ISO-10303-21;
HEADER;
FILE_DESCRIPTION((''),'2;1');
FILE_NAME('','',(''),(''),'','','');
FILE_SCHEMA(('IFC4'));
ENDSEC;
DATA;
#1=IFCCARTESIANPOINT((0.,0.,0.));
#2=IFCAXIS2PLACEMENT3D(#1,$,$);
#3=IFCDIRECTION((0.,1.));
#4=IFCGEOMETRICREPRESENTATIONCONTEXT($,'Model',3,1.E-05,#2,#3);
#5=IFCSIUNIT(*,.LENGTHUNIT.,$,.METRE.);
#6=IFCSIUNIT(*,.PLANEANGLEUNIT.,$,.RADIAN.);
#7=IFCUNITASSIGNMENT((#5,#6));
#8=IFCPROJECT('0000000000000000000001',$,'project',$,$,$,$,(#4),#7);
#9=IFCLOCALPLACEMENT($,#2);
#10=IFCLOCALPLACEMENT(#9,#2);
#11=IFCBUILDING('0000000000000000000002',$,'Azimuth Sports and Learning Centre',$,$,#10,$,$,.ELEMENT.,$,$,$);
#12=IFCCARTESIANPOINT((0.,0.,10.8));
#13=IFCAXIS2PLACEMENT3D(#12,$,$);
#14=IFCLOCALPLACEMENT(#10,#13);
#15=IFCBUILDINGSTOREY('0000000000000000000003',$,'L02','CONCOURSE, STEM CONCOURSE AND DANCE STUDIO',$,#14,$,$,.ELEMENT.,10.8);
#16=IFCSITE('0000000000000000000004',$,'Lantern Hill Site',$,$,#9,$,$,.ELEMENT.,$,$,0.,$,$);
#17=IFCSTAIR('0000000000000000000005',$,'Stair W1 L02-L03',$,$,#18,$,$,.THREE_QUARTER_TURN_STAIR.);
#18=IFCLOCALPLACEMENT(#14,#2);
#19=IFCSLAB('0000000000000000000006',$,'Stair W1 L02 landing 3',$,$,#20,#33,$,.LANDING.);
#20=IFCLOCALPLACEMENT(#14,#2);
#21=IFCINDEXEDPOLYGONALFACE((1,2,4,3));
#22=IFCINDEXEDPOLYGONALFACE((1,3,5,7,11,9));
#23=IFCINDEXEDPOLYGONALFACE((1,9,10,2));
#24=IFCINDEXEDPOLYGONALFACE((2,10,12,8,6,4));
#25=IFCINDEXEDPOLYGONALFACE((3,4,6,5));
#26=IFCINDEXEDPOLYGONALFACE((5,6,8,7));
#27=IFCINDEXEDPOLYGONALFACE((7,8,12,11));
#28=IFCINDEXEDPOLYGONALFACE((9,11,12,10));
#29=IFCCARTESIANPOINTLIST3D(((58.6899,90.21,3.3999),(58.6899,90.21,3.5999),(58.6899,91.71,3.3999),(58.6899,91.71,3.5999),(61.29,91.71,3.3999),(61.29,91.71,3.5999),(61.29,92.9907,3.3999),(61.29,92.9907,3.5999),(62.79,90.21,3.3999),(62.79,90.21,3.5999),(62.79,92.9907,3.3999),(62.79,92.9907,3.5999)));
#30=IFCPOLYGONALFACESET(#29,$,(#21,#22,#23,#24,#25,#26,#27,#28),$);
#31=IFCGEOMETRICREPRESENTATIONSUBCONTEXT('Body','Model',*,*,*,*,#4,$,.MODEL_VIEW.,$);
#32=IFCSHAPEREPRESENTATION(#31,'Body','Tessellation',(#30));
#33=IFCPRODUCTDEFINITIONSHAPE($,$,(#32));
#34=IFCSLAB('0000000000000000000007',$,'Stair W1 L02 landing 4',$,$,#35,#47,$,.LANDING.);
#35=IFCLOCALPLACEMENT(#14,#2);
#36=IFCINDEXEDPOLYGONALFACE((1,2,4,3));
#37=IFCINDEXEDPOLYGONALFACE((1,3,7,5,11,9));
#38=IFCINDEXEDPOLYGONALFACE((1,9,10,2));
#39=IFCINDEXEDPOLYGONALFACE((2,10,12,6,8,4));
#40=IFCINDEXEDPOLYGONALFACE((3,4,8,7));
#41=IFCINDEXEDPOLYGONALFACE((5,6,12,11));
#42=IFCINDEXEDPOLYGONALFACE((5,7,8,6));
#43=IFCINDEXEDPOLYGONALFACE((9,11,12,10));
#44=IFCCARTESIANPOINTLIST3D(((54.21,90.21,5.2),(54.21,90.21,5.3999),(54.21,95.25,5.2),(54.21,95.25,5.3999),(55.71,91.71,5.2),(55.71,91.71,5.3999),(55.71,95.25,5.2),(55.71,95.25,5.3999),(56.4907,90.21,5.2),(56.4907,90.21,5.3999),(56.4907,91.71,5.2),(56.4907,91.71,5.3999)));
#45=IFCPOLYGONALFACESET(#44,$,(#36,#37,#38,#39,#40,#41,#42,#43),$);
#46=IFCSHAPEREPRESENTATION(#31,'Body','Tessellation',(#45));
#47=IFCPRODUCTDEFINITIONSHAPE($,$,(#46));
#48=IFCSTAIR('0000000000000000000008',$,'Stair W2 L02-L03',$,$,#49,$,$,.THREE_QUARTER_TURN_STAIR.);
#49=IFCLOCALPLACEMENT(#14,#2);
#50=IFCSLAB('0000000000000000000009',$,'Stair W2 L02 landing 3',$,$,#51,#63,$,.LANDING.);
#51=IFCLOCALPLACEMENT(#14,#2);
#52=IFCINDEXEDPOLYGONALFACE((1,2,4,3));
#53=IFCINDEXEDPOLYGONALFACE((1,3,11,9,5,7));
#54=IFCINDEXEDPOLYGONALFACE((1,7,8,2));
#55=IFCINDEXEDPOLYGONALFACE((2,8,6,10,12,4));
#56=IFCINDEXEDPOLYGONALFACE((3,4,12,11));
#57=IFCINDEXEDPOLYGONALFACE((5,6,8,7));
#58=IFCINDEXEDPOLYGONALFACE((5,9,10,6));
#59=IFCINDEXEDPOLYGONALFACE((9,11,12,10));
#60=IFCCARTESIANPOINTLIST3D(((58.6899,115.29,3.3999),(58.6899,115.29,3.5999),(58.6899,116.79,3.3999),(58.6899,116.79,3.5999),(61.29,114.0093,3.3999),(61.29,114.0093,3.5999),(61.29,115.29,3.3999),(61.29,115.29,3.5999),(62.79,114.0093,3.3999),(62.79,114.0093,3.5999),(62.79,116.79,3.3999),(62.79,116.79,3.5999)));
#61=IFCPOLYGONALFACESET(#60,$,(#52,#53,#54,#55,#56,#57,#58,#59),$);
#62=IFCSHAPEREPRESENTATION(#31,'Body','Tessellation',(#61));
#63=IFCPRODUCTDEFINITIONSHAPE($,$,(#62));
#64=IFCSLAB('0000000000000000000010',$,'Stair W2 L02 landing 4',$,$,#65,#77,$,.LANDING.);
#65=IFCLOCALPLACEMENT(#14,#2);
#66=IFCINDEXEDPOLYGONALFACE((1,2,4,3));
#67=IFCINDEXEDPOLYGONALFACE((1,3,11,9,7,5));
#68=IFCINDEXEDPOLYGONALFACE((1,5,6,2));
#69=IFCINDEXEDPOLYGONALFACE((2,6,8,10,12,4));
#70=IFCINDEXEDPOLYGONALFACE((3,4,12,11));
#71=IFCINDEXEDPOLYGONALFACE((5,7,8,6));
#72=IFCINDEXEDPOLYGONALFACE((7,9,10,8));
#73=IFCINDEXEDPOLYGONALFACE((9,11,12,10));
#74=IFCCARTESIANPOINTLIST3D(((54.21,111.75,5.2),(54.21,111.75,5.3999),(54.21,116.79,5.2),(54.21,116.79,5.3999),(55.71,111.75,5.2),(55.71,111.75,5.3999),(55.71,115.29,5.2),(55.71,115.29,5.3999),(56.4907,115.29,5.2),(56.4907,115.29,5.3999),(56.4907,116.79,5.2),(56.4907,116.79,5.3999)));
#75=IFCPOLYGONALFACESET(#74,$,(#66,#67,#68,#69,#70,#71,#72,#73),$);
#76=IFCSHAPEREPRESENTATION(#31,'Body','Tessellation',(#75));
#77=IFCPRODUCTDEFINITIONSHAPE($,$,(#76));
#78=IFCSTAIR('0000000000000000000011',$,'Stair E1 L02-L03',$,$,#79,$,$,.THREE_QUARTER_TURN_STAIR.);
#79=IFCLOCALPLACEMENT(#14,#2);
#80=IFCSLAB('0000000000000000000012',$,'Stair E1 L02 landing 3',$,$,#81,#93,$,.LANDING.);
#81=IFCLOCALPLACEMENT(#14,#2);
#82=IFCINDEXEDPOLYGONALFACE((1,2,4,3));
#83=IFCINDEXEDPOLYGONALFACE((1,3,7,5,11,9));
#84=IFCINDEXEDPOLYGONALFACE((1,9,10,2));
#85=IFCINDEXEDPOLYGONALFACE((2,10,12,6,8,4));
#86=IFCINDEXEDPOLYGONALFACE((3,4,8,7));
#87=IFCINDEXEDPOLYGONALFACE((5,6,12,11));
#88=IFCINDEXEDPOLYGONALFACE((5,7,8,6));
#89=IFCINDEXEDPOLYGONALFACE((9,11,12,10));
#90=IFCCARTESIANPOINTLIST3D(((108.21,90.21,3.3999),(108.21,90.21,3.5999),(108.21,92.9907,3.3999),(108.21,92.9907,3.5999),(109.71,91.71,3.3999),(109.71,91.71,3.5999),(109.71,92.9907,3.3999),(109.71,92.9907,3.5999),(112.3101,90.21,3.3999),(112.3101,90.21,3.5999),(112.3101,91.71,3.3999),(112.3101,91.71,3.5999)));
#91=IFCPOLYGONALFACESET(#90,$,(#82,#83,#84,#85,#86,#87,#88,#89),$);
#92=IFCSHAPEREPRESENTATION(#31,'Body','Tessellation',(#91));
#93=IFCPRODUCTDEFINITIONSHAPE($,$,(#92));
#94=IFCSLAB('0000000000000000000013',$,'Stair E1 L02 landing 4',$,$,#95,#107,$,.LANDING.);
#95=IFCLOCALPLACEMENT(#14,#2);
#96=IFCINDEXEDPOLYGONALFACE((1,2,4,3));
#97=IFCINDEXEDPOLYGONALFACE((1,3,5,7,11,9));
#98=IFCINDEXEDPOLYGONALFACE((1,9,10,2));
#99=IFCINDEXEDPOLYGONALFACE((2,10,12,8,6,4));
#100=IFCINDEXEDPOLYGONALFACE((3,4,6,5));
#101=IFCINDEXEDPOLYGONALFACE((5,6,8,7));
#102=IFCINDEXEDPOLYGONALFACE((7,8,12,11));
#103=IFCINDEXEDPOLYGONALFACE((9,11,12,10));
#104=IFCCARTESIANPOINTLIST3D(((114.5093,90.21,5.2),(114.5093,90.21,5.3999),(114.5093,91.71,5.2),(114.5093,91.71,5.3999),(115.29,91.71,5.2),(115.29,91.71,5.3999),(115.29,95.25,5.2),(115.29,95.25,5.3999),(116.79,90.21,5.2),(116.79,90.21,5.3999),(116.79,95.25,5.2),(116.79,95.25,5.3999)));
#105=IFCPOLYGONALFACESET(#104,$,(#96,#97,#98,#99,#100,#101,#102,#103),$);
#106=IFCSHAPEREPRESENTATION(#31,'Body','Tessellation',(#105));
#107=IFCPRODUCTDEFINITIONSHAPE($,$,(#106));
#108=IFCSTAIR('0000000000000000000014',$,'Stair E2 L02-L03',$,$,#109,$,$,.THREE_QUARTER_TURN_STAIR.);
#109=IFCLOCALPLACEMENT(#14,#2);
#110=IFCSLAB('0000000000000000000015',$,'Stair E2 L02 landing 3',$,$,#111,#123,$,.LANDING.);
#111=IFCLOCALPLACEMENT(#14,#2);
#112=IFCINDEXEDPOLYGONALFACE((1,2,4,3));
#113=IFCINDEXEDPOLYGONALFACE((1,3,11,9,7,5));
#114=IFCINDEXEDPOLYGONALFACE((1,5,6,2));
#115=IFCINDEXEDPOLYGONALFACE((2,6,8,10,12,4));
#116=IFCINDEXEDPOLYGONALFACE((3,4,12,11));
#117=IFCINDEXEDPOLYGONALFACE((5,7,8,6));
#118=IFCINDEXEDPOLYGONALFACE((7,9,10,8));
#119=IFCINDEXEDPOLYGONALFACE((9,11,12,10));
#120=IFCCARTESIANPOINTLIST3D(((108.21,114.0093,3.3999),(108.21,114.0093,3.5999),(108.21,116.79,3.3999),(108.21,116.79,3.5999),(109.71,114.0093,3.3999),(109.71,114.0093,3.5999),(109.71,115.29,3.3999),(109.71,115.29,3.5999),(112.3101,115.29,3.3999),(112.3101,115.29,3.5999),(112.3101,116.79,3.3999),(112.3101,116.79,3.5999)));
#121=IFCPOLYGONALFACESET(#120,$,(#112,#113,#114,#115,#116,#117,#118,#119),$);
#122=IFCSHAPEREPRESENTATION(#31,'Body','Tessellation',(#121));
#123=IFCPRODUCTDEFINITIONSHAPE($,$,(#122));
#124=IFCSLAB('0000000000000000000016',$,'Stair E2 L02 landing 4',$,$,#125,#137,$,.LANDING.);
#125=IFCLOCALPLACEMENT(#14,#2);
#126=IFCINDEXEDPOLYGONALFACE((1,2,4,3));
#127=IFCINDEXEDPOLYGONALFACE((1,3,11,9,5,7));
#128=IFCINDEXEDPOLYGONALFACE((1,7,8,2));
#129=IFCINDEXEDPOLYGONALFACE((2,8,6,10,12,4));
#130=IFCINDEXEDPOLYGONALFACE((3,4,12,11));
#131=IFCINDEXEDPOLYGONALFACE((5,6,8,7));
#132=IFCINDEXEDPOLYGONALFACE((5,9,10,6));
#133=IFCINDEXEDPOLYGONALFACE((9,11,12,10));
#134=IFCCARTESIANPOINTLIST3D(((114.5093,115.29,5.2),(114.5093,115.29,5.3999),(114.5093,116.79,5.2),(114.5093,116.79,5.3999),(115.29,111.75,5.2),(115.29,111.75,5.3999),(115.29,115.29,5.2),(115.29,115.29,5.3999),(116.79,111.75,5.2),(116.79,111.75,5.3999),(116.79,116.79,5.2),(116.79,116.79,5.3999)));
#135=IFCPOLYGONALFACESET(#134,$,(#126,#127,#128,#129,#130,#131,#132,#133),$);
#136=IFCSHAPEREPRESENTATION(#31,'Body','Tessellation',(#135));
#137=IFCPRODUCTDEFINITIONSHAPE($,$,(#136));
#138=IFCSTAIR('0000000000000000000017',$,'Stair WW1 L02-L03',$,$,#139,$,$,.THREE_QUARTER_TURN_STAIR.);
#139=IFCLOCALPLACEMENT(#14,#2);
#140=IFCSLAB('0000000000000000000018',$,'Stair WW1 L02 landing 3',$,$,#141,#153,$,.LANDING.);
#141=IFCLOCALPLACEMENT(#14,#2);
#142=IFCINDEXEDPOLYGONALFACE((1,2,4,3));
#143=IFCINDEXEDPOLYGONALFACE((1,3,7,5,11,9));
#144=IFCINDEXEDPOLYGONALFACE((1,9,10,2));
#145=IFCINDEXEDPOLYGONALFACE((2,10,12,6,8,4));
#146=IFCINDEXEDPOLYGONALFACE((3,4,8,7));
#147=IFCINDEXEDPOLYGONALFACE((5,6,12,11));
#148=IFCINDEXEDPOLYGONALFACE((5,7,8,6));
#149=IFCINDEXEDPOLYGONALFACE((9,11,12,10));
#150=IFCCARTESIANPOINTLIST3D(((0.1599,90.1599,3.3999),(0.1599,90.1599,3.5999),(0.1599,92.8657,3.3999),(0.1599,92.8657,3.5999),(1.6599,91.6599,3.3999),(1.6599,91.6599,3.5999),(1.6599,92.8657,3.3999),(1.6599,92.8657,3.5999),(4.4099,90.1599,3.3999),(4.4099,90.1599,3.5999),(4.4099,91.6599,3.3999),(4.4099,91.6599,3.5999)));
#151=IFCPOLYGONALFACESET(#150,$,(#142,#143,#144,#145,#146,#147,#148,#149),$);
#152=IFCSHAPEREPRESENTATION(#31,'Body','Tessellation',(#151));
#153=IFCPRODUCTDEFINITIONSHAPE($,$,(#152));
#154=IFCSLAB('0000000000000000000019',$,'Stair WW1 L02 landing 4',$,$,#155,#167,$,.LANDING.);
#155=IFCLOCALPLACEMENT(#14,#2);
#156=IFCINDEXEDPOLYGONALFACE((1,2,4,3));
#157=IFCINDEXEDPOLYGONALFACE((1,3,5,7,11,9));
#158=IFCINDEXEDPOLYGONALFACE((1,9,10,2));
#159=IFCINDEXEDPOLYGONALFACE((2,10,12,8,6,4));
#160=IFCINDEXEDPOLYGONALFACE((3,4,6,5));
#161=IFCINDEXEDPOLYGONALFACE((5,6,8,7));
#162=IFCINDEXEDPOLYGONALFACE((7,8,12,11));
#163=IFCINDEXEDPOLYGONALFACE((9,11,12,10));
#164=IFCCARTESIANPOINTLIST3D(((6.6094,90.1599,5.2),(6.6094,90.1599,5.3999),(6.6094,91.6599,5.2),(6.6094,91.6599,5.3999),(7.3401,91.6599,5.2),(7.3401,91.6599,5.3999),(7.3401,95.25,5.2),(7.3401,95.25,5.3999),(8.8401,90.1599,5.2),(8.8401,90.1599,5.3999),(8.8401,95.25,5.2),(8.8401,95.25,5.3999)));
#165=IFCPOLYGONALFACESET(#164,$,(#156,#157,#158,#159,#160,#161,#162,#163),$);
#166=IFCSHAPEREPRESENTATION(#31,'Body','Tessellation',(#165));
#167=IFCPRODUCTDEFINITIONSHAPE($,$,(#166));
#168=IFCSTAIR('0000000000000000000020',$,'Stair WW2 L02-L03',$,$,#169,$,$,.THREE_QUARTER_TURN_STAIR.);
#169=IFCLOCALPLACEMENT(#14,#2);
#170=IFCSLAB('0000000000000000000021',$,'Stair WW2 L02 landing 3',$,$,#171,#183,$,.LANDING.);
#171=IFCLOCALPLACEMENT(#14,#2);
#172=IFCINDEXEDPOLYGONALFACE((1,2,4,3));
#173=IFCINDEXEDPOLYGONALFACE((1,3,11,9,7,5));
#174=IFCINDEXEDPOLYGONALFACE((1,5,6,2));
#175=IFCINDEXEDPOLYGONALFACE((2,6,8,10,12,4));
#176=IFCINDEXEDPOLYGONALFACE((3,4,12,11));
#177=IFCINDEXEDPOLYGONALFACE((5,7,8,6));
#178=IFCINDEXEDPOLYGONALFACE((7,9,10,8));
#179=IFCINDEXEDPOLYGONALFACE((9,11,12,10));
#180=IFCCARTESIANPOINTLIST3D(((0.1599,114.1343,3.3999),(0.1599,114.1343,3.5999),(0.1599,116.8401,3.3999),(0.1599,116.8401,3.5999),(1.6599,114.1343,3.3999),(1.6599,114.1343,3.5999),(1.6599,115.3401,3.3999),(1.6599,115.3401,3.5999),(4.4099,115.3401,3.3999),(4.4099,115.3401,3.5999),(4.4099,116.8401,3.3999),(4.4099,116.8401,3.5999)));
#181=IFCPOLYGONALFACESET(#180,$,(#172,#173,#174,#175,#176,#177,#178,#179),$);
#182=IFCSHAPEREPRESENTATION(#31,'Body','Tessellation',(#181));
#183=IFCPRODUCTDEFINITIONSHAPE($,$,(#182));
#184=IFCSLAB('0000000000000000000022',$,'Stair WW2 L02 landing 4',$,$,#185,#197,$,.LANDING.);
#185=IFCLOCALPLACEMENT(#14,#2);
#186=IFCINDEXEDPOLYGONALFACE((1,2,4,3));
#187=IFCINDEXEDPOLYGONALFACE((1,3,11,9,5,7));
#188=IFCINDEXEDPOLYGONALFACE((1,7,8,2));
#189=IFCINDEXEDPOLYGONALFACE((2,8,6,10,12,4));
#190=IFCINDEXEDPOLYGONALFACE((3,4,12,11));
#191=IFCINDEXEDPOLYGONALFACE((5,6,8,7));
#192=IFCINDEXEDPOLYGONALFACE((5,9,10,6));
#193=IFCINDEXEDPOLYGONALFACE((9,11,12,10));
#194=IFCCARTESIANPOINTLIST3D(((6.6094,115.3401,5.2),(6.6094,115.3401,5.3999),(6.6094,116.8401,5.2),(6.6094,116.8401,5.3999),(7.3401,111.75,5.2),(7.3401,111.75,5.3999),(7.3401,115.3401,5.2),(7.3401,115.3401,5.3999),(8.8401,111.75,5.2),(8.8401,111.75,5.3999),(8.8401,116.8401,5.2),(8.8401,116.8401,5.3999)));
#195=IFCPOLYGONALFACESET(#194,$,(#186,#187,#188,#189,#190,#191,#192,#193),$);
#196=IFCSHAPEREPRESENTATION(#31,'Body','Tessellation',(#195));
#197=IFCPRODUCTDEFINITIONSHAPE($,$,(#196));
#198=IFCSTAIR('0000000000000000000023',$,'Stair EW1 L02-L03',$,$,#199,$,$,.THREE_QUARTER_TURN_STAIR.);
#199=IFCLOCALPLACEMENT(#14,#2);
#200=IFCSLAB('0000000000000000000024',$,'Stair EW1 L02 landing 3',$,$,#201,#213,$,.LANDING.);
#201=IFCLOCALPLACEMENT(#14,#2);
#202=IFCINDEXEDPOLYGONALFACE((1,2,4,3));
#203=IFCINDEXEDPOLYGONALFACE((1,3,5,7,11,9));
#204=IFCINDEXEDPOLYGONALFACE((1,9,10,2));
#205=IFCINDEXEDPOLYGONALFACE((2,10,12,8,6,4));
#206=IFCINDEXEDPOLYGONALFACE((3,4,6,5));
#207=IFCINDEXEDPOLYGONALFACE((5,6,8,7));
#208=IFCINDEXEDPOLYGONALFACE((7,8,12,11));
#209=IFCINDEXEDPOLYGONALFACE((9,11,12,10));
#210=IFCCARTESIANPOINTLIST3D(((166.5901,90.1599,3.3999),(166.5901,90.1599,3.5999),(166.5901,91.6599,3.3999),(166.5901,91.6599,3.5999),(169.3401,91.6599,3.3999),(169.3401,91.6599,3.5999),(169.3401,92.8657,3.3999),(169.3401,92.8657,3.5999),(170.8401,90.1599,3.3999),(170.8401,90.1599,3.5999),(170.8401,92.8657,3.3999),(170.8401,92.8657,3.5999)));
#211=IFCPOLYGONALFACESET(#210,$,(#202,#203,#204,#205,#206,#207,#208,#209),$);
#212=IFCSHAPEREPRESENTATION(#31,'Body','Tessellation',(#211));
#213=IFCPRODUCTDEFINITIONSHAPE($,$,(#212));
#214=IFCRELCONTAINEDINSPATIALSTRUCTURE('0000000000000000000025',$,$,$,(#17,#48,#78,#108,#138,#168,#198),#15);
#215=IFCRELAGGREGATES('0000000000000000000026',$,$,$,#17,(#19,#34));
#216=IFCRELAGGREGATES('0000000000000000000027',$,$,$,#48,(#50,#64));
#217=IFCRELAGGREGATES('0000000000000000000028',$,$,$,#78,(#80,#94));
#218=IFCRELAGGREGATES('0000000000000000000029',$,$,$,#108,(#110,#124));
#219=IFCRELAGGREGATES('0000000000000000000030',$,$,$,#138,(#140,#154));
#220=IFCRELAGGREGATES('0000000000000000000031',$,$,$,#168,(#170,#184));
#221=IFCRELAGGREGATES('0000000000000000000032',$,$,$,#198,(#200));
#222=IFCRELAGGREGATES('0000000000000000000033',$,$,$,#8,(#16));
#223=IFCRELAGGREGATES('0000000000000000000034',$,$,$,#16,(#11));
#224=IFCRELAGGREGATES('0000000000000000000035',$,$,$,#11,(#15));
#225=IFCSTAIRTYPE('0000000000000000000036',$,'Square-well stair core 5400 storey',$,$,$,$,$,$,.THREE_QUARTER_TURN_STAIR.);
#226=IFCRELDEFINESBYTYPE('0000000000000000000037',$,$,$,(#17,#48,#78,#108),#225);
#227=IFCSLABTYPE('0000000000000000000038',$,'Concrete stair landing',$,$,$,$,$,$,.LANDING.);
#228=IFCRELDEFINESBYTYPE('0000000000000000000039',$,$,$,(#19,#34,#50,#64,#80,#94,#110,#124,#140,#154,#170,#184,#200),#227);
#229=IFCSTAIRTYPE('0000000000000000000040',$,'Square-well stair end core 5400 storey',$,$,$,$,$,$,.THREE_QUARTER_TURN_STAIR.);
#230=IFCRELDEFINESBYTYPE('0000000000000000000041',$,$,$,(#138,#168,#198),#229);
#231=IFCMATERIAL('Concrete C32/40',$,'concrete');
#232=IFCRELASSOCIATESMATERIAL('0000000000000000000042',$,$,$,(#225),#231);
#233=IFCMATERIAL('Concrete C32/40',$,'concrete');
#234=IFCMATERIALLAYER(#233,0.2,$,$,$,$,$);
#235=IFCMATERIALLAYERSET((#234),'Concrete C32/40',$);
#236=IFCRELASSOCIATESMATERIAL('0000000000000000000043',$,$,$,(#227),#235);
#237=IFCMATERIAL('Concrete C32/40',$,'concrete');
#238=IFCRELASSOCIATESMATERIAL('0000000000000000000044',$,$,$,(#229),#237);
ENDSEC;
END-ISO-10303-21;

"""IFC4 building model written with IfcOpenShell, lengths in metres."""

from ifc_helpers import new_model, si_unit, direction, frame, origin, place, context, subcontext, project, spatial, polyline, outline, extrude, material, layer, layer_set, type_object, element, aggregate, save


model = new_model("IFC4")

# Units and contexts
model_context = context("Model", 3, precision=1e-05, world=origin(), true_north=direction((0.0, 1.0)))
body_context = subcontext(model_context, "Body", "Model", "MODEL_VIEW")
ifc_project = project(units=[si_unit("LENGTHUNIT", "METRE"), si_unit("PLANEANGLEUNIT", "RADIAN")], contexts=[model_context])

# Site, building, storey
site_placement = place(None, origin())
site = spatial("IfcSite", under=ifc_project, at=site_placement, Name="Lantern Hill Site", CompositionType="ELEMENT", RefElevation=0.0)
building_placement = place(site_placement, origin())
building = spatial("IfcBuilding", under=site, at=building_placement, Name="Azimuth Sports and Learning Centre", CompositionType="ELEMENT")
storey_placement = place(building_placement, frame((0.0, 0.0, 10.8)))
storey = spatial("IfcBuildingStorey", under=building, at=storey_placement, Name="L02", Description="CONCOURSE, STEM CONCOURSE AND DANCE STUDIO", CompositionType="ELEMENT", Elevation=10.8)

# Stairs, slabs
ifc_material_1 = material(Name="Concrete C32/40", Category="concrete")
stair_type_1 = type_object("IfcStairType", Name="Square-well stair core 5400 storey", PredefinedType="THREE_QUARTER_TURN_STAIR", material=ifc_material_1)
stair_1_placement = place(storey_placement, origin())
stair_1 = element("IfcStair", 1, at=stair_1_placement, inside=storey, type_object=stair_type_1, Name="Stair W1 L02-L03", PredefinedType="THREE_QUARTER_TURN_STAIR")
ifc_material_2 = material(Name="Concrete C32/40", Category="concrete")
ifc_layer = layer(ifc_material_2, 0.2)
ifc_layer_set = layer_set([ifc_layer], Name="Concrete C32/40")
slab_type = type_object("IfcSlabType", Name="Concrete stair landing", PredefinedType="LANDING", material=ifc_layer_set)
slab_1_placement = place(storey_placement, frame((0.0, 0.0, 3.3999)))
slab_1 = element("IfcSlab", 2, at=slab_1_placement, type_object=slab_type, Name="Stair W1 L02 landing 3", PredefinedType="LANDING", context=body_context, shape_type="SweptSolid", body=[
    extrude(outline(polyline([(61.29, 91.71), (58.6899, 91.71), (58.6899, 90.21), (62.79, 90.21), (62.79, 92.9907), (61.29, 92.9907), (61.29, 91.71)])), origin(), (0.0, 0.0, 1.0), 0.2),
])
slab_2_placement = place(storey_placement, frame((0.0, 0.0, 5.2)))
slab_2 = element("IfcSlab", 3, at=slab_2_placement, type_object=slab_type, Name="Stair W1 L02 landing 4", PredefinedType="LANDING", context=body_context, shape_type="SweptSolid", body=[
    extrude(outline(polyline([(55.71, 91.71), (55.71, 95.25), (54.21, 95.25), (54.21, 90.21), (56.4907, 90.21), (56.4907, 91.71), (55.71, 91.71)])), origin(), (0.0, 0.0, 1.0), 0.2),
])
aggregate(stair_1, [slab_1, slab_2])
stair_2_placement = place(storey_placement, origin())
stair_2 = element("IfcStair", 4, at=stair_2_placement, inside=storey, type_object=stair_type_1, Name="Stair W2 L02-L03", PredefinedType="THREE_QUARTER_TURN_STAIR")
slab_3_placement = place(storey_placement, frame((0.0, 0.0, 3.3999)))
slab_3 = element("IfcSlab", 5, at=slab_3_placement, type_object=slab_type, Name="Stair W2 L02 landing 3", PredefinedType="LANDING", context=body_context, shape_type="SweptSolid", body=[
    extrude(outline(polyline([(61.29, 115.29), (61.29, 114.0093), (62.79, 114.0093), (62.79, 116.79), (58.6899, 116.79), (58.6899, 115.29), (61.29, 115.29)])), origin(), (0.0, 0.0, 1.0), 0.2),
])
slab_4_placement = place(storey_placement, frame((0.0, 0.0, 5.2)))
slab_4 = element("IfcSlab", 6, at=slab_4_placement, type_object=slab_type, Name="Stair W2 L02 landing 4", PredefinedType="LANDING", context=body_context, shape_type="SweptSolid", body=[
    extrude(outline(polyline([(55.71, 115.29), (56.4907, 115.29), (56.4907, 116.79), (54.21, 116.79), (54.21, 111.75), (55.71, 111.75), (55.71, 115.29)])), origin(), (0.0, 0.0, 1.0), 0.2),
])
aggregate(stair_2, [slab_3, slab_4])
stair_3_placement = place(storey_placement, origin())
stair_3 = element("IfcStair", 7, at=stair_3_placement, inside=storey, type_object=stair_type_1, Name="Stair E1 L02-L03", PredefinedType="THREE_QUARTER_TURN_STAIR")
slab_5_placement = place(storey_placement, frame((0.0, 0.0, 3.3999)))
slab_5 = element("IfcSlab", 8, at=slab_5_placement, type_object=slab_type, Name="Stair E1 L02 landing 3", PredefinedType="LANDING", context=body_context, shape_type="SweptSolid", body=[
    extrude(outline(polyline([(109.71, 91.71), (109.71, 92.9907), (108.21, 92.9907), (108.21, 90.21), (112.3101, 90.21), (112.3101, 91.71), (109.71, 91.71)])), origin(), (0.0, 0.0, 1.0), 0.2),
])
slab_6_placement = place(storey_placement, frame((0.0, 0.0, 5.2)))
slab_6 = element("IfcSlab", 9, at=slab_6_placement, type_object=slab_type, Name="Stair E1 L02 landing 4", PredefinedType="LANDING", context=body_context, shape_type="SweptSolid", body=[
    extrude(outline(polyline([(115.29, 91.71), (114.5093, 91.71), (114.5093, 90.21), (116.79, 90.21), (116.79, 95.25), (115.29, 95.25), (115.29, 91.71)])), origin(), (0.0, 0.0, 1.0), 0.2),
])
aggregate(stair_3, [slab_5, slab_6])
stair_4_placement = place(storey_placement, origin())
stair_4 = element("IfcStair", 10, at=stair_4_placement, inside=storey, type_object=stair_type_1, Name="Stair E2 L02-L03", PredefinedType="THREE_QUARTER_TURN_STAIR")
slab_7_placement = place(storey_placement, frame((0.0, 0.0, 3.3999)))
slab_7 = element("IfcSlab", 11, at=slab_7_placement, type_object=slab_type, Name="Stair E2 L02 landing 3", PredefinedType="LANDING", context=body_context, shape_type="SweptSolid", body=[
    extrude(outline(polyline([(109.71, 115.29), (112.3101, 115.29), (112.3101, 116.79), (108.21, 116.79), (108.21, 114.0093), (109.71, 114.0093), (109.71, 115.29)])), origin(), (0.0, 0.0, 1.0), 0.2),
])
slab_8_placement = place(storey_placement, frame((0.0, 0.0, 5.2)))
slab_8 = element("IfcSlab", 12, at=slab_8_placement, type_object=slab_type, Name="Stair E2 L02 landing 4", PredefinedType="LANDING", context=body_context, shape_type="SweptSolid", body=[
    extrude(outline(polyline([(115.29, 115.29), (115.29, 111.75), (116.79, 111.75), (116.79, 116.79), (114.5093, 116.79), (114.5093, 115.29), (115.29, 115.29)])), origin(), (0.0, 0.0, 1.0), 0.2),
])
aggregate(stair_4, [slab_7, slab_8])
ifc_material_3 = material(Name="Concrete C32/40", Category="concrete")
stair_type_2 = type_object("IfcStairType", Name="Square-well stair end core 5400 storey", PredefinedType="THREE_QUARTER_TURN_STAIR", material=ifc_material_3)
stair_5_placement = place(storey_placement, origin())
stair_5 = element("IfcStair", 13, at=stair_5_placement, inside=storey, type_object=stair_type_2, Name="Stair WW1 L02-L03", PredefinedType="THREE_QUARTER_TURN_STAIR")
slab_9_placement = place(storey_placement, frame((0.0, 0.0, 3.3999)))
slab_9 = element("IfcSlab", 14, at=slab_9_placement, type_object=slab_type, Name="Stair WW1 L02 landing 3", PredefinedType="LANDING", context=body_context, shape_type="SweptSolid", body=[
    extrude(outline(polyline([(1.6599, 91.6599), (1.6599, 92.8657), (0.1599, 92.8657), (0.1599, 90.1599), (4.4099, 90.1599), (4.4099, 91.6599), (1.6599, 91.6599)])), origin(), (0.0, 0.0, 1.0), 0.2),
])
slab_10_placement = place(storey_placement, frame((0.0, 0.0, 5.2)))
slab_10 = element("IfcSlab", 15, at=slab_10_placement, type_object=slab_type, Name="Stair WW1 L02 landing 4", PredefinedType="LANDING", context=body_context, shape_type="SweptSolid", body=[
    extrude(outline(polyline([(7.3401, 91.6599), (6.6094, 91.6599), (6.6094, 90.1599), (8.8401, 90.1599), (8.8401, 95.25), (7.3401, 95.25), (7.3401, 91.6599)])), origin(), (0.0, 0.0, 1.0), 0.2),
])
aggregate(stair_5, [slab_9, slab_10])
stair_6_placement = place(storey_placement, origin())
stair_6 = element("IfcStair", 16, at=stair_6_placement, inside=storey, type_object=stair_type_2, Name="Stair WW2 L02-L03", PredefinedType="THREE_QUARTER_TURN_STAIR")
slab_11_placement = place(storey_placement, frame((0.0, 0.0, 3.3999)))
slab_11 = element("IfcSlab", 17, at=slab_11_placement, type_object=slab_type, Name="Stair WW2 L02 landing 3", PredefinedType="LANDING", context=body_context, shape_type="SweptSolid", body=[
    extrude(outline(polyline([(1.6599, 115.3401), (4.4099, 115.3401), (4.4099, 116.8401), (0.1599, 116.8401), (0.1599, 114.1343), (1.6599, 114.1343), (1.6599, 115.3401)])), origin(), (0.0, 0.0, 1.0), 0.2),
])
slab_12_placement = place(storey_placement, frame((0.0, 0.0, 5.2)))
slab_12 = element("IfcSlab", 18, at=slab_12_placement, type_object=slab_type, Name="Stair WW2 L02 landing 4", PredefinedType="LANDING", context=body_context, shape_type="SweptSolid", body=[
    extrude(outline(polyline([(7.3401, 115.3401), (7.3401, 111.75), (8.8401, 111.75), (8.8401, 116.8401), (6.6094, 116.8401), (6.6094, 115.3401), (7.3401, 115.3401)])), origin(), (0.0, 0.0, 1.0), 0.2),
])
aggregate(stair_6, [slab_11, slab_12])
stair_7_placement = place(storey_placement, origin())
stair_7 = element("IfcStair", 19, at=stair_7_placement, inside=storey, type_object=stair_type_2, Name="Stair EW1 L02-L03", PredefinedType="THREE_QUARTER_TURN_STAIR")
slab_13_placement = place(storey_placement, frame((0.0, 0.0, 3.3999)))
slab_13 = element("IfcSlab", 20, at=slab_13_placement, type_object=slab_type, Name="Stair EW1 L02 landing 3", PredefinedType="LANDING", context=body_context, shape_type="SweptSolid", body=[
    extrude(outline(polyline([(169.3401, 91.6599), (166.5901, 91.6599), (166.5901, 90.1599), (170.8401, 90.1599), (170.8401, 92.8657), (169.3401, 92.8657), (169.3401, 91.6599)])), origin(), (0.0, 0.0, 1.0), 0.2),
])
aggregate(stair_7, [slab_13])

save(model, "model.ifc")
